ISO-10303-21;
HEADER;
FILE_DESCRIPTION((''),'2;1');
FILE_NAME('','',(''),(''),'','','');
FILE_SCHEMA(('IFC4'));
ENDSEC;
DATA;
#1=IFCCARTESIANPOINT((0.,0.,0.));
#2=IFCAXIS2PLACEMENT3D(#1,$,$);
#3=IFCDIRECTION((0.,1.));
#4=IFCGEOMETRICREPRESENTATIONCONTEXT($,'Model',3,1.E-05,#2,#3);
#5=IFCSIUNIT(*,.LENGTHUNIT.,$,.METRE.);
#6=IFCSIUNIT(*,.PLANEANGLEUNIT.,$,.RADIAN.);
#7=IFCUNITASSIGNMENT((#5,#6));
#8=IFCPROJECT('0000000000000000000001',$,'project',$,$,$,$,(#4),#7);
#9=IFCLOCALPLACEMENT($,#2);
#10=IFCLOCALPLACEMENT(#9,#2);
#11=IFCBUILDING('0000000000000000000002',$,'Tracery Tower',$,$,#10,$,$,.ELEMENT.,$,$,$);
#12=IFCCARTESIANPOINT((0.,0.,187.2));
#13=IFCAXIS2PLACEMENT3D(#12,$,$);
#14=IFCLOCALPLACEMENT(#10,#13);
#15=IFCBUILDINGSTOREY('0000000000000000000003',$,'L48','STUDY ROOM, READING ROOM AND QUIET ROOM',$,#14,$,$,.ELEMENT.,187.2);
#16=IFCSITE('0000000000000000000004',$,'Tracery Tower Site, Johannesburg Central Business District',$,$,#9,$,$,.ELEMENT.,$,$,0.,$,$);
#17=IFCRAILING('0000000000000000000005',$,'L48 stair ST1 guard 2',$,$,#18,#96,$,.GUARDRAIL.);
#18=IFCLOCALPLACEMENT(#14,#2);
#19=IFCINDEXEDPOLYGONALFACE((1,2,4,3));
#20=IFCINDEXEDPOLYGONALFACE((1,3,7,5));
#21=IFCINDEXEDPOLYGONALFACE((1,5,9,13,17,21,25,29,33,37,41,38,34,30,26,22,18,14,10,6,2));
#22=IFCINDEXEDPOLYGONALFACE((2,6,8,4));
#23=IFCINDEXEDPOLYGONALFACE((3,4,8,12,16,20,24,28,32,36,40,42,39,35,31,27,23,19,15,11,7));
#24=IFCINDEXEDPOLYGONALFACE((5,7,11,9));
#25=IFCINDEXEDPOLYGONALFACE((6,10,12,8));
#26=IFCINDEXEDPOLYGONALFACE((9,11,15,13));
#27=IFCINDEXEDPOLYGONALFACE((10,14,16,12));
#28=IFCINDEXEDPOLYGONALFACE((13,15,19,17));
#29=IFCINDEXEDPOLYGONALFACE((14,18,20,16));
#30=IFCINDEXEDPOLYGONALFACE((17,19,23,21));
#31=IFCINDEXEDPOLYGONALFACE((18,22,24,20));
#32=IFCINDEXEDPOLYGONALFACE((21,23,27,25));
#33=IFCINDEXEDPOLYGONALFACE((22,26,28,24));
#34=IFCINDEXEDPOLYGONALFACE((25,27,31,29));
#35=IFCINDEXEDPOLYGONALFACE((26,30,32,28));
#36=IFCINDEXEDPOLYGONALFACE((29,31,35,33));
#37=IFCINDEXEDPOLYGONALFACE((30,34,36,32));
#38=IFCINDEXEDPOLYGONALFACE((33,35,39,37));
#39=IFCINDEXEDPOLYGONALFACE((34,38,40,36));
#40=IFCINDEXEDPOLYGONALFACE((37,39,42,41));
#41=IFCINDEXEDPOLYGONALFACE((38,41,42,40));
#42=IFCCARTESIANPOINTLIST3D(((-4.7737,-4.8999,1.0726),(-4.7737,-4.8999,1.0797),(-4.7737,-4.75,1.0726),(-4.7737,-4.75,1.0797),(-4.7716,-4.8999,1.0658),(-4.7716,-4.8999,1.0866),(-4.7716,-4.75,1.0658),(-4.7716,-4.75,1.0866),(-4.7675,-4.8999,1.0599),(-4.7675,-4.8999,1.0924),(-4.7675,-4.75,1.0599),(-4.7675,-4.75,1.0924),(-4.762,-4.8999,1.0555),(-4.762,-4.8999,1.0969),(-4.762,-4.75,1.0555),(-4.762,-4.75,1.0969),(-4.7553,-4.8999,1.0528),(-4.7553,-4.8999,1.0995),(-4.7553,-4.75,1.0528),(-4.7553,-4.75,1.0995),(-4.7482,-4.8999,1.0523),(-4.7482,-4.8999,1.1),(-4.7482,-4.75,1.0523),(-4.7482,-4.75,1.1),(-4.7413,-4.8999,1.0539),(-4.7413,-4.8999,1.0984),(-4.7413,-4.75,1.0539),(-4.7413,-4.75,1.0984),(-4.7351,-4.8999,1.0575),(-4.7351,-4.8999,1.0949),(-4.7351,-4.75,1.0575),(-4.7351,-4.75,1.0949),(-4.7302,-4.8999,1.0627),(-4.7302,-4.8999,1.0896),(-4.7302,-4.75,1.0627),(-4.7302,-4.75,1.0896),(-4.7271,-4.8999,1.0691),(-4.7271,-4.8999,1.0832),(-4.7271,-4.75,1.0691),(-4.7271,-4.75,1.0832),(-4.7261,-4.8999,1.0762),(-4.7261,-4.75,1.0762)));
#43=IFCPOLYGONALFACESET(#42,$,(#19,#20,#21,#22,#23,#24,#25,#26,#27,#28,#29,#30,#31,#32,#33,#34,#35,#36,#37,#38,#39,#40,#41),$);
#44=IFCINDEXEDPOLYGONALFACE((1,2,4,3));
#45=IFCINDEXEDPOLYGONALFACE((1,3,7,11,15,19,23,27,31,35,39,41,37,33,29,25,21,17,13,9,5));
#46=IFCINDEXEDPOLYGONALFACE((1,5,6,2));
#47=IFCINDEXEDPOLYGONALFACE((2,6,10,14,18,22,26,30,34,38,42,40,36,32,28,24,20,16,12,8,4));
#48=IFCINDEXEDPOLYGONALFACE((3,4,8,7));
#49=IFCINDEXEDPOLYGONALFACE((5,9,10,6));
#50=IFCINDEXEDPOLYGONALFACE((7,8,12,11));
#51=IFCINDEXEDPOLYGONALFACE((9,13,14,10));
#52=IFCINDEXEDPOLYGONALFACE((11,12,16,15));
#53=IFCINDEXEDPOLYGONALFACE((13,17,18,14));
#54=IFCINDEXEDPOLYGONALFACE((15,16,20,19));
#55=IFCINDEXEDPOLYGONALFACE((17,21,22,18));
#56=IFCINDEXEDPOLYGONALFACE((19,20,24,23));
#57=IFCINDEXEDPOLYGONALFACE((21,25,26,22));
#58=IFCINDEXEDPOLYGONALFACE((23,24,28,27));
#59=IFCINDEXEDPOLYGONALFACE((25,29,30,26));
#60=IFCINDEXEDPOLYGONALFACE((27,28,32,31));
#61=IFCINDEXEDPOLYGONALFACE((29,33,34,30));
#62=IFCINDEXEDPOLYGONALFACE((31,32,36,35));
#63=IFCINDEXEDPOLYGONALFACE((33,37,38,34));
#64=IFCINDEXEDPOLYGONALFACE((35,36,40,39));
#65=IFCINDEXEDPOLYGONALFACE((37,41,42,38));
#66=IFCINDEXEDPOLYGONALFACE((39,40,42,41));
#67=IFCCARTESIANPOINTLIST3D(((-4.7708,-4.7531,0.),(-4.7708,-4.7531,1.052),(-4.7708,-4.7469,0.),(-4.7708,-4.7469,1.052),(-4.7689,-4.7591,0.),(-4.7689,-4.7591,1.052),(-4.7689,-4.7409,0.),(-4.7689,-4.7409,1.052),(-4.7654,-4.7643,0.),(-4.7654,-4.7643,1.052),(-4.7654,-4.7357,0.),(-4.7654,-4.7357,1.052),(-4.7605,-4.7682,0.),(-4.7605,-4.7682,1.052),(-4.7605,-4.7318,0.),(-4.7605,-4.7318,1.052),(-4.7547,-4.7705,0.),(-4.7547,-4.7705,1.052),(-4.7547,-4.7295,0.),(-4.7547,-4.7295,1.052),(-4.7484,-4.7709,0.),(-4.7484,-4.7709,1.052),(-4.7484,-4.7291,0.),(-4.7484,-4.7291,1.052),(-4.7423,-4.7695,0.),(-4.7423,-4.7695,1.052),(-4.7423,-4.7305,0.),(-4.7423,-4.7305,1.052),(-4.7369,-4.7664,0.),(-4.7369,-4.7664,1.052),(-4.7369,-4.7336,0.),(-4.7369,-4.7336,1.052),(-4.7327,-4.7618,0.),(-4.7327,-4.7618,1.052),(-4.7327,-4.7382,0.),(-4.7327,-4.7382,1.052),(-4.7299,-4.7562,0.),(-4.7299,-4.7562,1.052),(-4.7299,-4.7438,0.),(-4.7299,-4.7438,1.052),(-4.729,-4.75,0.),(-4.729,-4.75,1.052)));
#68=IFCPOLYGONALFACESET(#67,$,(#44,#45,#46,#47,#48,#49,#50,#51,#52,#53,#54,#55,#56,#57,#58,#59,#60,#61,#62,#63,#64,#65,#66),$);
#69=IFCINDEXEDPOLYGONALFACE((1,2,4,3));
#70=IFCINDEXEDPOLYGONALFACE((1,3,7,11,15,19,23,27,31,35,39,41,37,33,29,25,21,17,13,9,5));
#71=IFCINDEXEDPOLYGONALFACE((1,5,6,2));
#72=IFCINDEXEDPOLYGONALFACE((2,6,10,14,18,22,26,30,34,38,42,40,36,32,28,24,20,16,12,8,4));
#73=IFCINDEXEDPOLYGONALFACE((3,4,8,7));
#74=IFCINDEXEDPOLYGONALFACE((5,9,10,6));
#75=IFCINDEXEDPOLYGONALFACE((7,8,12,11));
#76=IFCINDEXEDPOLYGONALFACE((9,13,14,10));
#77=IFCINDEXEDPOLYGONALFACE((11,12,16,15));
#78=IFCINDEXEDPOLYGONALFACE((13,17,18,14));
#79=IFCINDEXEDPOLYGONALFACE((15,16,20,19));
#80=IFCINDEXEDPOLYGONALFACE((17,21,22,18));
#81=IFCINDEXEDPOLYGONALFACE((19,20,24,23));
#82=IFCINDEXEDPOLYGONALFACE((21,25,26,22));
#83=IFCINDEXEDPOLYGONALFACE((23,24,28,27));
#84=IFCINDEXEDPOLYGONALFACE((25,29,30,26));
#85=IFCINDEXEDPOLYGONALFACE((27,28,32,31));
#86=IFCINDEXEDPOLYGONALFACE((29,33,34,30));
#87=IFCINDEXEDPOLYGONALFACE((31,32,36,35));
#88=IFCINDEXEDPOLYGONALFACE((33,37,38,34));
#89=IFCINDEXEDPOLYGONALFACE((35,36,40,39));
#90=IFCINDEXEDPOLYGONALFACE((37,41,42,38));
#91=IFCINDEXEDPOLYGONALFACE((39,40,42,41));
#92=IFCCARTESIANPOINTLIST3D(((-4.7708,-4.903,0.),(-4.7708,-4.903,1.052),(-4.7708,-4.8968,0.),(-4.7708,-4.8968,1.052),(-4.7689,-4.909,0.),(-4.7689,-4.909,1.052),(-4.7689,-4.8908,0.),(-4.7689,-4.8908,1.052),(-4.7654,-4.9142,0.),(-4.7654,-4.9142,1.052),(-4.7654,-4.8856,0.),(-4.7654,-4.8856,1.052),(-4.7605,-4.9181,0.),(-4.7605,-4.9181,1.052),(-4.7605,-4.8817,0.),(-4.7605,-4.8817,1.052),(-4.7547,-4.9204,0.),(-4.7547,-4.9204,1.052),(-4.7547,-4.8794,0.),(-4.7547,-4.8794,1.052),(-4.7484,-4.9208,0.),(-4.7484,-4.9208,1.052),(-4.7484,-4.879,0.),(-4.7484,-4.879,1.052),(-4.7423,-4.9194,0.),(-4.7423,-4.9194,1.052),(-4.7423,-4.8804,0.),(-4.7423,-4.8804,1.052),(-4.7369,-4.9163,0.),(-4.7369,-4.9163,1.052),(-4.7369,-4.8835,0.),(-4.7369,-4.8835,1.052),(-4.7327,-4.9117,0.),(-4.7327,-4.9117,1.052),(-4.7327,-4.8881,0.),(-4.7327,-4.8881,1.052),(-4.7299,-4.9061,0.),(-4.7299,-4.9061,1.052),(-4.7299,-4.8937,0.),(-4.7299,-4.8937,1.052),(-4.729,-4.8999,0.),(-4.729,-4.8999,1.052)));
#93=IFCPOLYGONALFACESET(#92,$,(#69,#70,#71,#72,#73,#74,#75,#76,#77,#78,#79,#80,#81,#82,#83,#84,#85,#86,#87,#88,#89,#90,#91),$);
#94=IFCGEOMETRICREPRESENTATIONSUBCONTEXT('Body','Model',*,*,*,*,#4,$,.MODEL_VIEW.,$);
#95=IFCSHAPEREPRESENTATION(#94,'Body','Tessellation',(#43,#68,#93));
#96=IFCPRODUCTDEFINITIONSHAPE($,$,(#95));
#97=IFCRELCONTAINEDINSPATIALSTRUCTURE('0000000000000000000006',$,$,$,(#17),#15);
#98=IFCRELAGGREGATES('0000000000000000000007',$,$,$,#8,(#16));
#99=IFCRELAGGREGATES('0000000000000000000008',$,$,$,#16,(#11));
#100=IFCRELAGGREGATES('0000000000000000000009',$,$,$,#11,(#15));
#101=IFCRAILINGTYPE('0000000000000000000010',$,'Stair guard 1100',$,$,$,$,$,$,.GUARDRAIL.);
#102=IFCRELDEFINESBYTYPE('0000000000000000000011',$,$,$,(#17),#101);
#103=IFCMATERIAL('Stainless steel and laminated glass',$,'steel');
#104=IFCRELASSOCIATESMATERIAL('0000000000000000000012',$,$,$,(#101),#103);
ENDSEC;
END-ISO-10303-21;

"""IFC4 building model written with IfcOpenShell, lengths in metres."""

from ifc_helpers import new_model, si_unit, direction, frame, origin, origin_2d, place, context, subcontext, project, spatial, circle, extrude, material, type_object, element, save


model = new_model("IFC4")

# Units and contexts
model_context = context("Model", 3, precision=1e-05, world=origin(), true_north=direction((0.0, 1.0)))
body_context = subcontext(model_context, "Body", "Model", "MODEL_VIEW")
ifc_project = project(units=[si_unit("LENGTHUNIT", "METRE"), si_unit("PLANEANGLEUNIT", "RADIAN")], contexts=[model_context])

# Site, building, storey
site_placement = place(None, origin())
site = spatial("IfcSite", under=ifc_project, at=site_placement, Name="Tracery Tower Site, Johannesburg Central Business District", CompositionType="ELEMENT", RefElevation=0.0)
building_placement = place(site_placement, origin())
building = spatial("IfcBuilding", under=site, at=building_placement, Name="Tracery Tower", CompositionType="ELEMENT")
storey_placement = place(building_placement, frame((0.0, 0.0, 187.2)))
storey = spatial("IfcBuildingStorey", under=building, at=storey_placement, Name="L48", Description="STUDY ROOM, READING ROOM AND QUIET ROOM", CompositionType="ELEMENT", Elevation=187.2)

# Railing
ifc_material_1 = material(Name="Stainless steel and laminated glass", Category="steel")
railing_type_1 = type_object("IfcRailingType", Name="Stair guard 1100", PredefinedType="GUARDRAIL", material=ifc_material_1)
railing_1_placement = place(storey_placement, frame((-4.75, -4.75, 0.0)))
element("IfcRailing", 1, at=railing_1_placement, inside=storey, type_object=railing_type_1, Name="L48 stair ST1 guard 2", PredefinedType="GUARDRAIL", context=body_context, shape_type="SweptSolid", body=[
    extrude(circle(Radius=0.0239, at=origin_2d()), frame((0.0, 0.0, 1.0762), z_axis=(0.0, -1.0, 0.0), x_axis=(1.0, 0.0, 0.0)), (0.0, 0.0, 1.0), 0.1499),
    extrude(circle(Radius=0.021, at=origin_2d()), origin(), (0.0, 0.0, 1.0), 1.052),
    extrude(circle(Radius=0.021, at=origin_2d()), frame((0.0, -0.1499, 0.0)), (0.0, 0.0, 1.0), 1.052),
])

save(model, "model.ifc")
